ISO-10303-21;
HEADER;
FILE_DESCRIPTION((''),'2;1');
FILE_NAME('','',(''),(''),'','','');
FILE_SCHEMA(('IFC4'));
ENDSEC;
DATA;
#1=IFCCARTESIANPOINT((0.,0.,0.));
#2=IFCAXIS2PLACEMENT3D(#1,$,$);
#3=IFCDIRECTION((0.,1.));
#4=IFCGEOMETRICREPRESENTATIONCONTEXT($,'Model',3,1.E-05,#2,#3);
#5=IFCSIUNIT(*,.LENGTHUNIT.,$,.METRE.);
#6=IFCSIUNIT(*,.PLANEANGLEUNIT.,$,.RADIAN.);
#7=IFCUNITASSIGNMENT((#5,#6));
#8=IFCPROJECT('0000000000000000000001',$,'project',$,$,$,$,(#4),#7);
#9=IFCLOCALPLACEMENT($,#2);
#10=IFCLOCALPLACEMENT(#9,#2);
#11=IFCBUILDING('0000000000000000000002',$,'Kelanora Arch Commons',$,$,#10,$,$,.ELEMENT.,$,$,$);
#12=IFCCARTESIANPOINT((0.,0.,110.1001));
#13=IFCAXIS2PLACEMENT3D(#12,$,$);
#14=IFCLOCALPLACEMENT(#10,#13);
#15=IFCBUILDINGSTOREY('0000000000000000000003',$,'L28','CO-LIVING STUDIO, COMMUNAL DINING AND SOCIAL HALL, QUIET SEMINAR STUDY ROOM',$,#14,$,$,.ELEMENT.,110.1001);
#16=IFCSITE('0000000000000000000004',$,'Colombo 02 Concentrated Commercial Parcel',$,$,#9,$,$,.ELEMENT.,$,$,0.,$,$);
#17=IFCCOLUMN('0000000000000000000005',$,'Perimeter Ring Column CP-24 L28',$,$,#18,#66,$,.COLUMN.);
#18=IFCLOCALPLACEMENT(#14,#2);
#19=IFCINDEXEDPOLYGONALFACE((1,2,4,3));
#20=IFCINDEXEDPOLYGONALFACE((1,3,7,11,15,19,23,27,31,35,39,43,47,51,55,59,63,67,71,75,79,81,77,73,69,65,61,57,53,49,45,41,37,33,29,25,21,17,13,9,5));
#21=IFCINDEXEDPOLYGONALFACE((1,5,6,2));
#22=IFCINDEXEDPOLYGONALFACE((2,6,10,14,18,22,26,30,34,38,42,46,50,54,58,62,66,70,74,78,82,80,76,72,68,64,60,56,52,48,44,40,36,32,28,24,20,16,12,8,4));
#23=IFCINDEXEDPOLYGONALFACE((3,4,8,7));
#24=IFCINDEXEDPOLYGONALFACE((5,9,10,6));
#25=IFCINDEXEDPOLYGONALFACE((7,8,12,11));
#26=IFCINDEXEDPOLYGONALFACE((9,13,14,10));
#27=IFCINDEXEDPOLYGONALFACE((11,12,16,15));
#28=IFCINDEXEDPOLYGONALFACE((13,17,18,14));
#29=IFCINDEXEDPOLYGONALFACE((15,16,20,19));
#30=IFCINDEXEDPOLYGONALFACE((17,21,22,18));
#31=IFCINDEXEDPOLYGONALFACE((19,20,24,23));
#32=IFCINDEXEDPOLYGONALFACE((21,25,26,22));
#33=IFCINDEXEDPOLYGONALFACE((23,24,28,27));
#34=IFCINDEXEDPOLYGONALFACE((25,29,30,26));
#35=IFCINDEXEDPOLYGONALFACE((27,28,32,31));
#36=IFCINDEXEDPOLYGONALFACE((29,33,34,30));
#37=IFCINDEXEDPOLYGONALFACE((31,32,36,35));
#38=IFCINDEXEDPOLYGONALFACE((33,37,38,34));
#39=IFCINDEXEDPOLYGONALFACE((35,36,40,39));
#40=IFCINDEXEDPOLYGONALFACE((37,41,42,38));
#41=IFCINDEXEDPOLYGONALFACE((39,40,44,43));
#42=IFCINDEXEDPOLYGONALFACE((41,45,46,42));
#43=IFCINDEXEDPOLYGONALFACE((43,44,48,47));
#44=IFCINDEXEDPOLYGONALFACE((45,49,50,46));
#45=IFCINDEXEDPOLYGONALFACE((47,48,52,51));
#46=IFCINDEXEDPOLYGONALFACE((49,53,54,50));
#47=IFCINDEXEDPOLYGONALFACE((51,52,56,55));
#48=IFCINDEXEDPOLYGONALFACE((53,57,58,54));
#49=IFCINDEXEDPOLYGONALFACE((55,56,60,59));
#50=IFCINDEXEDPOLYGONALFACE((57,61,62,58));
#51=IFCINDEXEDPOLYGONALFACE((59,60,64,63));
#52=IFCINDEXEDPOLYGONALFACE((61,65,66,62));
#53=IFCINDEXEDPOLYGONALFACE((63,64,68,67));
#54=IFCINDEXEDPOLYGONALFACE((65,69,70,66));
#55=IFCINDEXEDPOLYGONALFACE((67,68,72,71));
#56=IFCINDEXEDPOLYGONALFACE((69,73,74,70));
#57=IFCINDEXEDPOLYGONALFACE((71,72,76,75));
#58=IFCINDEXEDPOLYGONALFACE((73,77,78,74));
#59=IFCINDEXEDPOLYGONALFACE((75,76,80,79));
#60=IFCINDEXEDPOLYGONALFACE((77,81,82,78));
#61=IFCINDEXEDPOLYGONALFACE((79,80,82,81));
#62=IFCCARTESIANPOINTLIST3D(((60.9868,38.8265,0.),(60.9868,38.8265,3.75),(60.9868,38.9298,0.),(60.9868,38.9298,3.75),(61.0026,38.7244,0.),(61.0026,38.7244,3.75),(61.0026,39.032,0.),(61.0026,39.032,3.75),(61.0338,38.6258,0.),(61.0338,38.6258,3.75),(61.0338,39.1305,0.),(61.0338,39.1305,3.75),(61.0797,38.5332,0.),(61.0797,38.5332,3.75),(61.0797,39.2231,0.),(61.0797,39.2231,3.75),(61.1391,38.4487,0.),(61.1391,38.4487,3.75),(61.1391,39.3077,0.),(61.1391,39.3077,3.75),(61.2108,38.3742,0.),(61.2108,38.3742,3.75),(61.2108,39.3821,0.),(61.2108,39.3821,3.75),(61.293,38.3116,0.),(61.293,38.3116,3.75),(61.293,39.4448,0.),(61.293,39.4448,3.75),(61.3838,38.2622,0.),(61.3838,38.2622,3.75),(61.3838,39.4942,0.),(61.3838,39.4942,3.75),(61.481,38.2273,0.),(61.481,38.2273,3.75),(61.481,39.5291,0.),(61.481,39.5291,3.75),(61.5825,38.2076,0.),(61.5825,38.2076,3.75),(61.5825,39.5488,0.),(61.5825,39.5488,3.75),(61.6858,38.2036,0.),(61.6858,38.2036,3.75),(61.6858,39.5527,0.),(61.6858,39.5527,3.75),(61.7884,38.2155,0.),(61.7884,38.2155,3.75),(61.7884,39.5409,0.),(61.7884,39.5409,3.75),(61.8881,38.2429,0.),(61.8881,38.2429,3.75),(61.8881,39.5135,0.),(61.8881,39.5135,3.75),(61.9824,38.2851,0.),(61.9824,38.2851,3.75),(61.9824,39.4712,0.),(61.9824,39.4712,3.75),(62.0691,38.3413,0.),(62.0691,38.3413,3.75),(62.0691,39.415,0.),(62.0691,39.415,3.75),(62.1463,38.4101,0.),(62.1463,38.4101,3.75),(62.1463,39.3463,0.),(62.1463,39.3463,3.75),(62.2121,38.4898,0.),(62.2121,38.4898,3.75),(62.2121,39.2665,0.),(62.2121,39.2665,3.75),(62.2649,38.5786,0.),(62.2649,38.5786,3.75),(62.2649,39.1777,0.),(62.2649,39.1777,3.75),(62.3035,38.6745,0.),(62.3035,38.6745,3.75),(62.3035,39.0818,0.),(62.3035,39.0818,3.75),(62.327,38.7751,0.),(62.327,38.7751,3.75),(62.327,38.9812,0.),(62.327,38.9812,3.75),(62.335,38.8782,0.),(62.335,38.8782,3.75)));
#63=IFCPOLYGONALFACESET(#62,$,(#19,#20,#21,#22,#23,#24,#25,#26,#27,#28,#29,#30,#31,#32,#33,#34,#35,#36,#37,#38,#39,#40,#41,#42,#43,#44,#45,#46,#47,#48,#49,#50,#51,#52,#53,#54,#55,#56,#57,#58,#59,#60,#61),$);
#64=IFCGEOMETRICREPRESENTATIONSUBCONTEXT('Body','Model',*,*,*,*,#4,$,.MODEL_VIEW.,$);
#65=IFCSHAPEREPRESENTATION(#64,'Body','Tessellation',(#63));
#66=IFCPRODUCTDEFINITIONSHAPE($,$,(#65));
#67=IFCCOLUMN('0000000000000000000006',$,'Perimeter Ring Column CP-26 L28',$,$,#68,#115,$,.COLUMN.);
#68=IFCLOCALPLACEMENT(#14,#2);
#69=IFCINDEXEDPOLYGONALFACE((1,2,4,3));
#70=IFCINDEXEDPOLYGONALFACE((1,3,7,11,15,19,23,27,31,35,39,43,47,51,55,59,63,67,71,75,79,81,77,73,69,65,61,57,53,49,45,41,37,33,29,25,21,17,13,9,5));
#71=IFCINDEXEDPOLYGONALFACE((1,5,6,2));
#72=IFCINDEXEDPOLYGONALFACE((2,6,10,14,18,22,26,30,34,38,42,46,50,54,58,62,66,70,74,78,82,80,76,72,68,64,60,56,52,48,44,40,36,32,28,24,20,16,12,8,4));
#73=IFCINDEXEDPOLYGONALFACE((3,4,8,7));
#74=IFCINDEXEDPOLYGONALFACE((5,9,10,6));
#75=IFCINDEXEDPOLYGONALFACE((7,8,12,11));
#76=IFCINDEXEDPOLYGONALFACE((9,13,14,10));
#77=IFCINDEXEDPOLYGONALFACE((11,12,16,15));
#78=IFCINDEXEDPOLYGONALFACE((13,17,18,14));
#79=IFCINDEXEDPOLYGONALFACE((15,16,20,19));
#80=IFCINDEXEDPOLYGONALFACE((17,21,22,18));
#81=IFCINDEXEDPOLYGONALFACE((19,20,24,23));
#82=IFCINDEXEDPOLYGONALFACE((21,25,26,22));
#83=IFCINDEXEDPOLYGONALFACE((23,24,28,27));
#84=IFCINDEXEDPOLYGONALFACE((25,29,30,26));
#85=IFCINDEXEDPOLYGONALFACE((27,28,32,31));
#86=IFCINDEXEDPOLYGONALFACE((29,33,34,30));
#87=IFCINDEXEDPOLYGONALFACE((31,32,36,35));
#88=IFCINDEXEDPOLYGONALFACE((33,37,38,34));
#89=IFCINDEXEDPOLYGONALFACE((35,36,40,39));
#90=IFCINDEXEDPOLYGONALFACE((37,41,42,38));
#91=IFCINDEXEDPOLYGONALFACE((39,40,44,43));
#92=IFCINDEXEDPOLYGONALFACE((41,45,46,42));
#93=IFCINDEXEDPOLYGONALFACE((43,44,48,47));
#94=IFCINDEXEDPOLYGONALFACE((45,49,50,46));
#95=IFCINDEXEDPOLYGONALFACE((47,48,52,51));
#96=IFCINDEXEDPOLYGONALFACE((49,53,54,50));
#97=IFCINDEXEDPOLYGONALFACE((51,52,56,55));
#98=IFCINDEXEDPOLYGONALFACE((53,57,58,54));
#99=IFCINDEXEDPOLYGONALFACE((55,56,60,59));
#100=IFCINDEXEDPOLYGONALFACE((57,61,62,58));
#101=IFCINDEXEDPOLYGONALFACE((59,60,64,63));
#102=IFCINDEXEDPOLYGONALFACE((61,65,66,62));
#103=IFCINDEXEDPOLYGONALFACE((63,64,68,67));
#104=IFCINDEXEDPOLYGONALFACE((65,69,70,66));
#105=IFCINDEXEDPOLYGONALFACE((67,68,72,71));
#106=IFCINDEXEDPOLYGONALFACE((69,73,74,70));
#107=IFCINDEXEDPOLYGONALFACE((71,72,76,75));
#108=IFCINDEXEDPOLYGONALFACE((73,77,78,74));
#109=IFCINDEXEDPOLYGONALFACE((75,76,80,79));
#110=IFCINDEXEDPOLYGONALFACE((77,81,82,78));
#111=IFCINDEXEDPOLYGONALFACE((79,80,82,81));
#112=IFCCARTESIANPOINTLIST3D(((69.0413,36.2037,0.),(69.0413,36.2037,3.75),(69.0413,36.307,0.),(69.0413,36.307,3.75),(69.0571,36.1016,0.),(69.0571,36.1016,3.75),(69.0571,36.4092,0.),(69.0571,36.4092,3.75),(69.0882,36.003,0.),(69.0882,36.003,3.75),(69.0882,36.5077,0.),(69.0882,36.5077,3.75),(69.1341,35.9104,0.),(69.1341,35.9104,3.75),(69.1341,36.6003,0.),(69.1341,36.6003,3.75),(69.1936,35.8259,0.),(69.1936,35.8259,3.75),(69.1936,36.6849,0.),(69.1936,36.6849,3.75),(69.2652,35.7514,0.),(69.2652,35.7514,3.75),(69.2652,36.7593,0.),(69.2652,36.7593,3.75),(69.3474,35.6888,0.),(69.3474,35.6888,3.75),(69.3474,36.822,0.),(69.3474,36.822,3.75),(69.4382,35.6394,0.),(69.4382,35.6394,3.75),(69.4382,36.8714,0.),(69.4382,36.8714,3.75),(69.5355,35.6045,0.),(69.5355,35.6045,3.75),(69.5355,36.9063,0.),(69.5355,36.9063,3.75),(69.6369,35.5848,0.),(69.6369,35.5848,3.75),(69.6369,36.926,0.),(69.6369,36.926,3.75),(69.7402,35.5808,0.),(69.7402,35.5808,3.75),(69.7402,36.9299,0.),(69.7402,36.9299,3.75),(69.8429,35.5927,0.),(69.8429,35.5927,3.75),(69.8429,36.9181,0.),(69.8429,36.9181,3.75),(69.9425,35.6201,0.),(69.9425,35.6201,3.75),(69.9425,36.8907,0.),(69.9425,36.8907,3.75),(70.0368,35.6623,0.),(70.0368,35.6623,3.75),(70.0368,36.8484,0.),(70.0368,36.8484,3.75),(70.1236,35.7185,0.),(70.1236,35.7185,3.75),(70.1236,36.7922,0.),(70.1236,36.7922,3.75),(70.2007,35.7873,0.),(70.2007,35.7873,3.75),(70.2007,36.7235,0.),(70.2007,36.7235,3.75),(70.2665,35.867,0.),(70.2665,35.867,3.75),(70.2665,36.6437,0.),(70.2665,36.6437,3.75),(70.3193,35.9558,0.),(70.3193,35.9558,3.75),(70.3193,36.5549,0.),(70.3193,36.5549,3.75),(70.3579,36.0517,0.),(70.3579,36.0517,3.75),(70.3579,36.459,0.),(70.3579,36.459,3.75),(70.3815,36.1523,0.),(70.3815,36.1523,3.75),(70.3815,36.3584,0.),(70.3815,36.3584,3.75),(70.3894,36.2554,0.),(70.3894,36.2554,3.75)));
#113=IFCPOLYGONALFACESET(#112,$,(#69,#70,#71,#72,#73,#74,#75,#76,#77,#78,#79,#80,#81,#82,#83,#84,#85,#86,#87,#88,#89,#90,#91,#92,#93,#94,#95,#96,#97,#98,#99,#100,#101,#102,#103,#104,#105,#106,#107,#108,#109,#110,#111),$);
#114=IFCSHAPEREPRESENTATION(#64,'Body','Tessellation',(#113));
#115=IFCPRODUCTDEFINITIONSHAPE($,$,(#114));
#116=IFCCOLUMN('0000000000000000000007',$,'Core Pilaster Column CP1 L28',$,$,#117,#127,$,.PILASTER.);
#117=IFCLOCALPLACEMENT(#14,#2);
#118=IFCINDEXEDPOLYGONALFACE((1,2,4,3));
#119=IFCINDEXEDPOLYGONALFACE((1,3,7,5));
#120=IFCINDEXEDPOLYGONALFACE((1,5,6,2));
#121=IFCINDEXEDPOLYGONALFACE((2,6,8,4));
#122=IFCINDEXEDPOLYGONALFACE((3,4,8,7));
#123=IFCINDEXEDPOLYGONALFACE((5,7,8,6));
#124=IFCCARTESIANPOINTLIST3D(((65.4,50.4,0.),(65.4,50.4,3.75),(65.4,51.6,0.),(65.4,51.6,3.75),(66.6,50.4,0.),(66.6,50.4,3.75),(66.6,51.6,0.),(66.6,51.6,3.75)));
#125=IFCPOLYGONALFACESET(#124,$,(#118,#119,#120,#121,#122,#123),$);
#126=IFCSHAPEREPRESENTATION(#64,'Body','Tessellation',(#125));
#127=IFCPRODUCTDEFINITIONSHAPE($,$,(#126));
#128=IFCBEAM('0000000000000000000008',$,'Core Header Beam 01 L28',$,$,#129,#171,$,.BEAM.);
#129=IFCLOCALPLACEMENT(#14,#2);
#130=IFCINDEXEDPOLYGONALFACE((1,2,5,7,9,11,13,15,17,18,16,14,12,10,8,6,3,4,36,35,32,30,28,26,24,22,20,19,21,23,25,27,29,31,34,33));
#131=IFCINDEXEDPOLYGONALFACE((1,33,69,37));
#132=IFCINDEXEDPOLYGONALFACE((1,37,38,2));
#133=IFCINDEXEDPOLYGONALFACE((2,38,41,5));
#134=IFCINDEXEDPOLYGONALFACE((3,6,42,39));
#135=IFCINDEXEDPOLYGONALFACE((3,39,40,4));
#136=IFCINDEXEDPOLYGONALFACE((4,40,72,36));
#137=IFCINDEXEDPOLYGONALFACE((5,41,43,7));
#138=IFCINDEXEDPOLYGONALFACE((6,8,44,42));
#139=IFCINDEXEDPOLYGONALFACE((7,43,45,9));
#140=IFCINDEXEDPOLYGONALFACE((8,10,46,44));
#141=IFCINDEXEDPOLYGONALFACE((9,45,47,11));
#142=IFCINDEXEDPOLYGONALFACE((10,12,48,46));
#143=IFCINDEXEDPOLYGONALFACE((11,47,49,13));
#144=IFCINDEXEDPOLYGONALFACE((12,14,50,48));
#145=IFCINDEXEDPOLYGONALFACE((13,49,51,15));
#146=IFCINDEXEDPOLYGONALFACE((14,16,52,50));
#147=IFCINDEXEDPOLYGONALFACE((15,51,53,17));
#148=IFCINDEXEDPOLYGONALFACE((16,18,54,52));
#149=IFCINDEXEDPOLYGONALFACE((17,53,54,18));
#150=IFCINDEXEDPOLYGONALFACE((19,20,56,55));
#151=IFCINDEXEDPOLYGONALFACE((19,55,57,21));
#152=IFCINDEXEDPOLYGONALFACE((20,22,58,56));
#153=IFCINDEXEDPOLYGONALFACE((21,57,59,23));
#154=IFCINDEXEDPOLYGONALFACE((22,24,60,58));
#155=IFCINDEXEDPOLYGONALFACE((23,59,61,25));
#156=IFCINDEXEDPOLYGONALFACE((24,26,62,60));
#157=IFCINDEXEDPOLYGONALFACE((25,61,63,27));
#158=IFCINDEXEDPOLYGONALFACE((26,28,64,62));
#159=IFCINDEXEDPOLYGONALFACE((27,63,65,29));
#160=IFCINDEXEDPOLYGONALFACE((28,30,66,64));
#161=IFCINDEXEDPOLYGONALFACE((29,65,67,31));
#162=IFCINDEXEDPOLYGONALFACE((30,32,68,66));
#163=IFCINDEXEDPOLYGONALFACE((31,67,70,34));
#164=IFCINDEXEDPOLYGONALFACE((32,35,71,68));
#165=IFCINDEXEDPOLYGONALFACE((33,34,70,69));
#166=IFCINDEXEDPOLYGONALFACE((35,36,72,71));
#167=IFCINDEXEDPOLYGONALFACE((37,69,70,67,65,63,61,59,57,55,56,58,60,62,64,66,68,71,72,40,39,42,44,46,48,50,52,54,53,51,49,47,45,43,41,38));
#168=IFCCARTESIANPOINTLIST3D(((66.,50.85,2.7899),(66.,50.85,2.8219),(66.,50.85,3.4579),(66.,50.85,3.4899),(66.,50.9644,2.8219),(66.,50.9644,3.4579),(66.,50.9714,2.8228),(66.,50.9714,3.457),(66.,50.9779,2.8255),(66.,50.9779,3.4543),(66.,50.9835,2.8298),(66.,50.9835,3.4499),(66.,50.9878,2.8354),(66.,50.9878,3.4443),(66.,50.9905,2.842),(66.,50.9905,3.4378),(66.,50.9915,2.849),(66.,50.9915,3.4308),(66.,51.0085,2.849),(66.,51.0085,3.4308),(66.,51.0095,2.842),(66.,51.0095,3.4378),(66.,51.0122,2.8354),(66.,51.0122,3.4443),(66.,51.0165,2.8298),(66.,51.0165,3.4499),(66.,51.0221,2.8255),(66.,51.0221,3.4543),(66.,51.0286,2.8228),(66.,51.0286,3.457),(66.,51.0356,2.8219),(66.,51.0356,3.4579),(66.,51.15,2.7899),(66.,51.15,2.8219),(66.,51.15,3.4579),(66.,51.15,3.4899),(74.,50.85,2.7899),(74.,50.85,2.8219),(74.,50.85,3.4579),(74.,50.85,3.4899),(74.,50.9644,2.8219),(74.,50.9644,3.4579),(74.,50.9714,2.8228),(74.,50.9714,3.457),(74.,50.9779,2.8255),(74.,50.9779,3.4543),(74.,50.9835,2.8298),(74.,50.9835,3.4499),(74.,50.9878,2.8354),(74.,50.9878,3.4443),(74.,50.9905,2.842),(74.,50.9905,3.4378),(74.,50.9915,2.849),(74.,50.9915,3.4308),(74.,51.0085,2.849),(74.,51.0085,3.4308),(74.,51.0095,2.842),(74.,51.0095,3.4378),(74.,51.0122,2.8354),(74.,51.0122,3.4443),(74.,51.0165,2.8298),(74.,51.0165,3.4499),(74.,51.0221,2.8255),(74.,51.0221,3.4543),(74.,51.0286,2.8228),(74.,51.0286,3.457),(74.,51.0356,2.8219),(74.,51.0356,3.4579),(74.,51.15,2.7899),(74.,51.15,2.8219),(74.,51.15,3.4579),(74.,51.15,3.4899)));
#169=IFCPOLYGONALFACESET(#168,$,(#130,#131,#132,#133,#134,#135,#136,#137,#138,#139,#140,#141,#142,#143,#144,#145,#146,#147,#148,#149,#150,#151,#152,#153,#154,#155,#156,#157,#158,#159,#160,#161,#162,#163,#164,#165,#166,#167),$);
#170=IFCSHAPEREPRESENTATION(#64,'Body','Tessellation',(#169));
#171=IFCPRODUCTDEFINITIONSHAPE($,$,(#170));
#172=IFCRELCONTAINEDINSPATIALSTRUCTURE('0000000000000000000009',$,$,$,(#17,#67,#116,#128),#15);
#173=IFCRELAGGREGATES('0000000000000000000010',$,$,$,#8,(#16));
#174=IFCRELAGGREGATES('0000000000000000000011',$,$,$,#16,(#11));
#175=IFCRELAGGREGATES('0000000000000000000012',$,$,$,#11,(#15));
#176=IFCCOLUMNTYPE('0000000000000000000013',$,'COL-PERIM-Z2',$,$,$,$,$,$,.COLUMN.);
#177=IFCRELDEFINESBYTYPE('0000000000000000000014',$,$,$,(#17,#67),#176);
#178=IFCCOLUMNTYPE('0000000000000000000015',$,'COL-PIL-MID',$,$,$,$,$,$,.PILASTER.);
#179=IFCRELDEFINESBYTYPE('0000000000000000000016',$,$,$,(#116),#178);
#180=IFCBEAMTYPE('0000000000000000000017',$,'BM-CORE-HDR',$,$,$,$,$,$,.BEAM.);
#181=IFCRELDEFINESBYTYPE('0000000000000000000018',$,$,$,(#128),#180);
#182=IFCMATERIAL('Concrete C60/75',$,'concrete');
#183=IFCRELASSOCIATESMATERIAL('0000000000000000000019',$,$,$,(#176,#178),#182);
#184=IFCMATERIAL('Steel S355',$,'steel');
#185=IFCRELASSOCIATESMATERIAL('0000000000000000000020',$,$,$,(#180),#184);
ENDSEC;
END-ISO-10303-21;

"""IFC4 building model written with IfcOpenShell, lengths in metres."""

from ifc_helpers import new_model, si_unit, direction, frame, origin, origin_2d, place, context, subcontext, project, spatial, rectangle, circle, i_section, extrude, material, material_profile, profile_set, type_object, element, save


model = new_model("IFC4")

# Units and contexts
model_context = context("Model", 3, precision=1e-05, world=origin(), true_north=direction((0.0, 1.0)))
body_context = subcontext(model_context, "Body", "Model", "MODEL_VIEW")
ifc_project = project(units=[si_unit("LENGTHUNIT", "METRE"), si_unit("PLANEANGLEUNIT", "RADIAN")], contexts=[model_context])

# Site, building, storey
site_placement = place(None, origin())
site = spatial("IfcSite", under=ifc_project, at=site_placement, Name="Colombo 02 Concentrated Commercial Parcel", CompositionType="ELEMENT", RefElevation=0.0)
building_placement = place(site_placement, origin())
building = spatial("IfcBuilding", under=site, at=building_placement, Name="Kelanora Arch Commons", CompositionType="ELEMENT")
storey_placement = place(building_placement, frame((0.0, 0.0, 110.1001)))
storey = spatial("IfcBuildingStorey", under=building, at=storey_placement, Name="L28", Description="CO-LIVING STUDIO, COMMUNAL DINING AND SOCIAL HALL, QUIET SEMINAR STUDY ROOM", CompositionType="ELEMENT", Elevation=110.1001)

# Columns
ifc_material_1 = material(Name="Concrete C60/75", Category="concrete")
ifc_material_profile_1 = material_profile(ifc_material_1, circle(Radius=0.675, at=origin_2d()), Name="RCC1350")
ifc_profile_set_1 = profile_set([ifc_material_profile_1], Name="Concrete C60/75")
column_type_1 = type_object("IfcColumnType", Name="COL-PERIM-Z2", PredefinedType="COLUMN", material=ifc_profile_set_1)
for number, where, z_axis, x_axis, name in (
    (1, (61.6599, 38.8782, 0.0), (0.0, 0.0, 1.0), (1.0, 0.0, 0.0), "Perimeter Ring Column CP-24 L28"),
    (2, (69.7144, 36.2554, 0.0), (0.0, 0.0, 1.0), (1.0, 0.0, 0.0), "Perimeter Ring Column CP-26 L28"),
):
    element("IfcColumn", number, at=place(storey_placement, frame(where, z_axis=z_axis, x_axis=x_axis)), inside=storey, type_object=column_type_1, Name=name, PredefinedType="COLUMN", context=body_context, shape_type="SweptSolid", body=[
        extrude(circle(Radius=0.675, at=origin_2d()), origin(), (0.0, 0.0, 1.0), 3.75),
    ])
ifc_material_profile_2 = material_profile(ifc_material_1, rectangle(XDim=1.2, YDim=1.2, at=origin_2d()), Name="RC1200x1200")
ifc_profile_set_2 = profile_set([ifc_material_profile_2], Name="Concrete C60/75")
column_type_2 = type_object("IfcColumnType", Name="COL-PIL-MID", PredefinedType="PILASTER", material=ifc_profile_set_2)
column_placement = place(storey_placement, frame((66.0, 51.0, 0.0), z_axis=(0.0, 0.0, 1.0), x_axis=(1.0, 0.0, 0.0)))
element("IfcColumn", 3, at=column_placement, inside=storey, type_object=column_type_2, Name="Core Pilaster Column CP1 L28", PredefinedType="PILASTER", context=body_context, shape_type="SweptSolid", body=[
    extrude(rectangle(XDim=1.2, YDim=1.2, at=origin_2d()), origin(), (0.0, 0.0, 1.0), 3.75),
])

# Beam
ifc_material_2 = material(Name="Steel S355", Category="steel")
ifc_material_profile_3 = material_profile(ifc_material_2, i_section(OverallWidth=0.3, OverallDepth=0.7, WebThickness=0.0171, FlangeThickness=0.032, FilletRadius=0.0271, at=origin_2d()), Name="HEB700")
ifc_profile_set_3 = profile_set([ifc_material_profile_3], Name="Steel S355")
beam_type_1 = type_object("IfcBeamType", Name="BM-CORE-HDR", PredefinedType="BEAM", material=ifc_profile_set_3)
beam_1_placement = place(storey_placement, frame((66.0, 51.0, 3.1399), z_axis=(1.0, 0.0, 0.0), x_axis=(0.0, 1.0, 0.0)))
element("IfcBeam", 4, at=beam_1_placement, inside=storey, type_object=beam_type_1, Name="Core Header Beam 01 L28", PredefinedType="BEAM", context=body_context, shape_type="SweptSolid", body=[
    extrude(i_section(OverallWidth=0.3, OverallDepth=0.7, WebThickness=0.0171, FlangeThickness=0.032, FilletRadius=0.0271, at=origin_2d()), origin(), (0.0, 0.0, 1.0), 8.0),
])

save(model, "model.ifc")
